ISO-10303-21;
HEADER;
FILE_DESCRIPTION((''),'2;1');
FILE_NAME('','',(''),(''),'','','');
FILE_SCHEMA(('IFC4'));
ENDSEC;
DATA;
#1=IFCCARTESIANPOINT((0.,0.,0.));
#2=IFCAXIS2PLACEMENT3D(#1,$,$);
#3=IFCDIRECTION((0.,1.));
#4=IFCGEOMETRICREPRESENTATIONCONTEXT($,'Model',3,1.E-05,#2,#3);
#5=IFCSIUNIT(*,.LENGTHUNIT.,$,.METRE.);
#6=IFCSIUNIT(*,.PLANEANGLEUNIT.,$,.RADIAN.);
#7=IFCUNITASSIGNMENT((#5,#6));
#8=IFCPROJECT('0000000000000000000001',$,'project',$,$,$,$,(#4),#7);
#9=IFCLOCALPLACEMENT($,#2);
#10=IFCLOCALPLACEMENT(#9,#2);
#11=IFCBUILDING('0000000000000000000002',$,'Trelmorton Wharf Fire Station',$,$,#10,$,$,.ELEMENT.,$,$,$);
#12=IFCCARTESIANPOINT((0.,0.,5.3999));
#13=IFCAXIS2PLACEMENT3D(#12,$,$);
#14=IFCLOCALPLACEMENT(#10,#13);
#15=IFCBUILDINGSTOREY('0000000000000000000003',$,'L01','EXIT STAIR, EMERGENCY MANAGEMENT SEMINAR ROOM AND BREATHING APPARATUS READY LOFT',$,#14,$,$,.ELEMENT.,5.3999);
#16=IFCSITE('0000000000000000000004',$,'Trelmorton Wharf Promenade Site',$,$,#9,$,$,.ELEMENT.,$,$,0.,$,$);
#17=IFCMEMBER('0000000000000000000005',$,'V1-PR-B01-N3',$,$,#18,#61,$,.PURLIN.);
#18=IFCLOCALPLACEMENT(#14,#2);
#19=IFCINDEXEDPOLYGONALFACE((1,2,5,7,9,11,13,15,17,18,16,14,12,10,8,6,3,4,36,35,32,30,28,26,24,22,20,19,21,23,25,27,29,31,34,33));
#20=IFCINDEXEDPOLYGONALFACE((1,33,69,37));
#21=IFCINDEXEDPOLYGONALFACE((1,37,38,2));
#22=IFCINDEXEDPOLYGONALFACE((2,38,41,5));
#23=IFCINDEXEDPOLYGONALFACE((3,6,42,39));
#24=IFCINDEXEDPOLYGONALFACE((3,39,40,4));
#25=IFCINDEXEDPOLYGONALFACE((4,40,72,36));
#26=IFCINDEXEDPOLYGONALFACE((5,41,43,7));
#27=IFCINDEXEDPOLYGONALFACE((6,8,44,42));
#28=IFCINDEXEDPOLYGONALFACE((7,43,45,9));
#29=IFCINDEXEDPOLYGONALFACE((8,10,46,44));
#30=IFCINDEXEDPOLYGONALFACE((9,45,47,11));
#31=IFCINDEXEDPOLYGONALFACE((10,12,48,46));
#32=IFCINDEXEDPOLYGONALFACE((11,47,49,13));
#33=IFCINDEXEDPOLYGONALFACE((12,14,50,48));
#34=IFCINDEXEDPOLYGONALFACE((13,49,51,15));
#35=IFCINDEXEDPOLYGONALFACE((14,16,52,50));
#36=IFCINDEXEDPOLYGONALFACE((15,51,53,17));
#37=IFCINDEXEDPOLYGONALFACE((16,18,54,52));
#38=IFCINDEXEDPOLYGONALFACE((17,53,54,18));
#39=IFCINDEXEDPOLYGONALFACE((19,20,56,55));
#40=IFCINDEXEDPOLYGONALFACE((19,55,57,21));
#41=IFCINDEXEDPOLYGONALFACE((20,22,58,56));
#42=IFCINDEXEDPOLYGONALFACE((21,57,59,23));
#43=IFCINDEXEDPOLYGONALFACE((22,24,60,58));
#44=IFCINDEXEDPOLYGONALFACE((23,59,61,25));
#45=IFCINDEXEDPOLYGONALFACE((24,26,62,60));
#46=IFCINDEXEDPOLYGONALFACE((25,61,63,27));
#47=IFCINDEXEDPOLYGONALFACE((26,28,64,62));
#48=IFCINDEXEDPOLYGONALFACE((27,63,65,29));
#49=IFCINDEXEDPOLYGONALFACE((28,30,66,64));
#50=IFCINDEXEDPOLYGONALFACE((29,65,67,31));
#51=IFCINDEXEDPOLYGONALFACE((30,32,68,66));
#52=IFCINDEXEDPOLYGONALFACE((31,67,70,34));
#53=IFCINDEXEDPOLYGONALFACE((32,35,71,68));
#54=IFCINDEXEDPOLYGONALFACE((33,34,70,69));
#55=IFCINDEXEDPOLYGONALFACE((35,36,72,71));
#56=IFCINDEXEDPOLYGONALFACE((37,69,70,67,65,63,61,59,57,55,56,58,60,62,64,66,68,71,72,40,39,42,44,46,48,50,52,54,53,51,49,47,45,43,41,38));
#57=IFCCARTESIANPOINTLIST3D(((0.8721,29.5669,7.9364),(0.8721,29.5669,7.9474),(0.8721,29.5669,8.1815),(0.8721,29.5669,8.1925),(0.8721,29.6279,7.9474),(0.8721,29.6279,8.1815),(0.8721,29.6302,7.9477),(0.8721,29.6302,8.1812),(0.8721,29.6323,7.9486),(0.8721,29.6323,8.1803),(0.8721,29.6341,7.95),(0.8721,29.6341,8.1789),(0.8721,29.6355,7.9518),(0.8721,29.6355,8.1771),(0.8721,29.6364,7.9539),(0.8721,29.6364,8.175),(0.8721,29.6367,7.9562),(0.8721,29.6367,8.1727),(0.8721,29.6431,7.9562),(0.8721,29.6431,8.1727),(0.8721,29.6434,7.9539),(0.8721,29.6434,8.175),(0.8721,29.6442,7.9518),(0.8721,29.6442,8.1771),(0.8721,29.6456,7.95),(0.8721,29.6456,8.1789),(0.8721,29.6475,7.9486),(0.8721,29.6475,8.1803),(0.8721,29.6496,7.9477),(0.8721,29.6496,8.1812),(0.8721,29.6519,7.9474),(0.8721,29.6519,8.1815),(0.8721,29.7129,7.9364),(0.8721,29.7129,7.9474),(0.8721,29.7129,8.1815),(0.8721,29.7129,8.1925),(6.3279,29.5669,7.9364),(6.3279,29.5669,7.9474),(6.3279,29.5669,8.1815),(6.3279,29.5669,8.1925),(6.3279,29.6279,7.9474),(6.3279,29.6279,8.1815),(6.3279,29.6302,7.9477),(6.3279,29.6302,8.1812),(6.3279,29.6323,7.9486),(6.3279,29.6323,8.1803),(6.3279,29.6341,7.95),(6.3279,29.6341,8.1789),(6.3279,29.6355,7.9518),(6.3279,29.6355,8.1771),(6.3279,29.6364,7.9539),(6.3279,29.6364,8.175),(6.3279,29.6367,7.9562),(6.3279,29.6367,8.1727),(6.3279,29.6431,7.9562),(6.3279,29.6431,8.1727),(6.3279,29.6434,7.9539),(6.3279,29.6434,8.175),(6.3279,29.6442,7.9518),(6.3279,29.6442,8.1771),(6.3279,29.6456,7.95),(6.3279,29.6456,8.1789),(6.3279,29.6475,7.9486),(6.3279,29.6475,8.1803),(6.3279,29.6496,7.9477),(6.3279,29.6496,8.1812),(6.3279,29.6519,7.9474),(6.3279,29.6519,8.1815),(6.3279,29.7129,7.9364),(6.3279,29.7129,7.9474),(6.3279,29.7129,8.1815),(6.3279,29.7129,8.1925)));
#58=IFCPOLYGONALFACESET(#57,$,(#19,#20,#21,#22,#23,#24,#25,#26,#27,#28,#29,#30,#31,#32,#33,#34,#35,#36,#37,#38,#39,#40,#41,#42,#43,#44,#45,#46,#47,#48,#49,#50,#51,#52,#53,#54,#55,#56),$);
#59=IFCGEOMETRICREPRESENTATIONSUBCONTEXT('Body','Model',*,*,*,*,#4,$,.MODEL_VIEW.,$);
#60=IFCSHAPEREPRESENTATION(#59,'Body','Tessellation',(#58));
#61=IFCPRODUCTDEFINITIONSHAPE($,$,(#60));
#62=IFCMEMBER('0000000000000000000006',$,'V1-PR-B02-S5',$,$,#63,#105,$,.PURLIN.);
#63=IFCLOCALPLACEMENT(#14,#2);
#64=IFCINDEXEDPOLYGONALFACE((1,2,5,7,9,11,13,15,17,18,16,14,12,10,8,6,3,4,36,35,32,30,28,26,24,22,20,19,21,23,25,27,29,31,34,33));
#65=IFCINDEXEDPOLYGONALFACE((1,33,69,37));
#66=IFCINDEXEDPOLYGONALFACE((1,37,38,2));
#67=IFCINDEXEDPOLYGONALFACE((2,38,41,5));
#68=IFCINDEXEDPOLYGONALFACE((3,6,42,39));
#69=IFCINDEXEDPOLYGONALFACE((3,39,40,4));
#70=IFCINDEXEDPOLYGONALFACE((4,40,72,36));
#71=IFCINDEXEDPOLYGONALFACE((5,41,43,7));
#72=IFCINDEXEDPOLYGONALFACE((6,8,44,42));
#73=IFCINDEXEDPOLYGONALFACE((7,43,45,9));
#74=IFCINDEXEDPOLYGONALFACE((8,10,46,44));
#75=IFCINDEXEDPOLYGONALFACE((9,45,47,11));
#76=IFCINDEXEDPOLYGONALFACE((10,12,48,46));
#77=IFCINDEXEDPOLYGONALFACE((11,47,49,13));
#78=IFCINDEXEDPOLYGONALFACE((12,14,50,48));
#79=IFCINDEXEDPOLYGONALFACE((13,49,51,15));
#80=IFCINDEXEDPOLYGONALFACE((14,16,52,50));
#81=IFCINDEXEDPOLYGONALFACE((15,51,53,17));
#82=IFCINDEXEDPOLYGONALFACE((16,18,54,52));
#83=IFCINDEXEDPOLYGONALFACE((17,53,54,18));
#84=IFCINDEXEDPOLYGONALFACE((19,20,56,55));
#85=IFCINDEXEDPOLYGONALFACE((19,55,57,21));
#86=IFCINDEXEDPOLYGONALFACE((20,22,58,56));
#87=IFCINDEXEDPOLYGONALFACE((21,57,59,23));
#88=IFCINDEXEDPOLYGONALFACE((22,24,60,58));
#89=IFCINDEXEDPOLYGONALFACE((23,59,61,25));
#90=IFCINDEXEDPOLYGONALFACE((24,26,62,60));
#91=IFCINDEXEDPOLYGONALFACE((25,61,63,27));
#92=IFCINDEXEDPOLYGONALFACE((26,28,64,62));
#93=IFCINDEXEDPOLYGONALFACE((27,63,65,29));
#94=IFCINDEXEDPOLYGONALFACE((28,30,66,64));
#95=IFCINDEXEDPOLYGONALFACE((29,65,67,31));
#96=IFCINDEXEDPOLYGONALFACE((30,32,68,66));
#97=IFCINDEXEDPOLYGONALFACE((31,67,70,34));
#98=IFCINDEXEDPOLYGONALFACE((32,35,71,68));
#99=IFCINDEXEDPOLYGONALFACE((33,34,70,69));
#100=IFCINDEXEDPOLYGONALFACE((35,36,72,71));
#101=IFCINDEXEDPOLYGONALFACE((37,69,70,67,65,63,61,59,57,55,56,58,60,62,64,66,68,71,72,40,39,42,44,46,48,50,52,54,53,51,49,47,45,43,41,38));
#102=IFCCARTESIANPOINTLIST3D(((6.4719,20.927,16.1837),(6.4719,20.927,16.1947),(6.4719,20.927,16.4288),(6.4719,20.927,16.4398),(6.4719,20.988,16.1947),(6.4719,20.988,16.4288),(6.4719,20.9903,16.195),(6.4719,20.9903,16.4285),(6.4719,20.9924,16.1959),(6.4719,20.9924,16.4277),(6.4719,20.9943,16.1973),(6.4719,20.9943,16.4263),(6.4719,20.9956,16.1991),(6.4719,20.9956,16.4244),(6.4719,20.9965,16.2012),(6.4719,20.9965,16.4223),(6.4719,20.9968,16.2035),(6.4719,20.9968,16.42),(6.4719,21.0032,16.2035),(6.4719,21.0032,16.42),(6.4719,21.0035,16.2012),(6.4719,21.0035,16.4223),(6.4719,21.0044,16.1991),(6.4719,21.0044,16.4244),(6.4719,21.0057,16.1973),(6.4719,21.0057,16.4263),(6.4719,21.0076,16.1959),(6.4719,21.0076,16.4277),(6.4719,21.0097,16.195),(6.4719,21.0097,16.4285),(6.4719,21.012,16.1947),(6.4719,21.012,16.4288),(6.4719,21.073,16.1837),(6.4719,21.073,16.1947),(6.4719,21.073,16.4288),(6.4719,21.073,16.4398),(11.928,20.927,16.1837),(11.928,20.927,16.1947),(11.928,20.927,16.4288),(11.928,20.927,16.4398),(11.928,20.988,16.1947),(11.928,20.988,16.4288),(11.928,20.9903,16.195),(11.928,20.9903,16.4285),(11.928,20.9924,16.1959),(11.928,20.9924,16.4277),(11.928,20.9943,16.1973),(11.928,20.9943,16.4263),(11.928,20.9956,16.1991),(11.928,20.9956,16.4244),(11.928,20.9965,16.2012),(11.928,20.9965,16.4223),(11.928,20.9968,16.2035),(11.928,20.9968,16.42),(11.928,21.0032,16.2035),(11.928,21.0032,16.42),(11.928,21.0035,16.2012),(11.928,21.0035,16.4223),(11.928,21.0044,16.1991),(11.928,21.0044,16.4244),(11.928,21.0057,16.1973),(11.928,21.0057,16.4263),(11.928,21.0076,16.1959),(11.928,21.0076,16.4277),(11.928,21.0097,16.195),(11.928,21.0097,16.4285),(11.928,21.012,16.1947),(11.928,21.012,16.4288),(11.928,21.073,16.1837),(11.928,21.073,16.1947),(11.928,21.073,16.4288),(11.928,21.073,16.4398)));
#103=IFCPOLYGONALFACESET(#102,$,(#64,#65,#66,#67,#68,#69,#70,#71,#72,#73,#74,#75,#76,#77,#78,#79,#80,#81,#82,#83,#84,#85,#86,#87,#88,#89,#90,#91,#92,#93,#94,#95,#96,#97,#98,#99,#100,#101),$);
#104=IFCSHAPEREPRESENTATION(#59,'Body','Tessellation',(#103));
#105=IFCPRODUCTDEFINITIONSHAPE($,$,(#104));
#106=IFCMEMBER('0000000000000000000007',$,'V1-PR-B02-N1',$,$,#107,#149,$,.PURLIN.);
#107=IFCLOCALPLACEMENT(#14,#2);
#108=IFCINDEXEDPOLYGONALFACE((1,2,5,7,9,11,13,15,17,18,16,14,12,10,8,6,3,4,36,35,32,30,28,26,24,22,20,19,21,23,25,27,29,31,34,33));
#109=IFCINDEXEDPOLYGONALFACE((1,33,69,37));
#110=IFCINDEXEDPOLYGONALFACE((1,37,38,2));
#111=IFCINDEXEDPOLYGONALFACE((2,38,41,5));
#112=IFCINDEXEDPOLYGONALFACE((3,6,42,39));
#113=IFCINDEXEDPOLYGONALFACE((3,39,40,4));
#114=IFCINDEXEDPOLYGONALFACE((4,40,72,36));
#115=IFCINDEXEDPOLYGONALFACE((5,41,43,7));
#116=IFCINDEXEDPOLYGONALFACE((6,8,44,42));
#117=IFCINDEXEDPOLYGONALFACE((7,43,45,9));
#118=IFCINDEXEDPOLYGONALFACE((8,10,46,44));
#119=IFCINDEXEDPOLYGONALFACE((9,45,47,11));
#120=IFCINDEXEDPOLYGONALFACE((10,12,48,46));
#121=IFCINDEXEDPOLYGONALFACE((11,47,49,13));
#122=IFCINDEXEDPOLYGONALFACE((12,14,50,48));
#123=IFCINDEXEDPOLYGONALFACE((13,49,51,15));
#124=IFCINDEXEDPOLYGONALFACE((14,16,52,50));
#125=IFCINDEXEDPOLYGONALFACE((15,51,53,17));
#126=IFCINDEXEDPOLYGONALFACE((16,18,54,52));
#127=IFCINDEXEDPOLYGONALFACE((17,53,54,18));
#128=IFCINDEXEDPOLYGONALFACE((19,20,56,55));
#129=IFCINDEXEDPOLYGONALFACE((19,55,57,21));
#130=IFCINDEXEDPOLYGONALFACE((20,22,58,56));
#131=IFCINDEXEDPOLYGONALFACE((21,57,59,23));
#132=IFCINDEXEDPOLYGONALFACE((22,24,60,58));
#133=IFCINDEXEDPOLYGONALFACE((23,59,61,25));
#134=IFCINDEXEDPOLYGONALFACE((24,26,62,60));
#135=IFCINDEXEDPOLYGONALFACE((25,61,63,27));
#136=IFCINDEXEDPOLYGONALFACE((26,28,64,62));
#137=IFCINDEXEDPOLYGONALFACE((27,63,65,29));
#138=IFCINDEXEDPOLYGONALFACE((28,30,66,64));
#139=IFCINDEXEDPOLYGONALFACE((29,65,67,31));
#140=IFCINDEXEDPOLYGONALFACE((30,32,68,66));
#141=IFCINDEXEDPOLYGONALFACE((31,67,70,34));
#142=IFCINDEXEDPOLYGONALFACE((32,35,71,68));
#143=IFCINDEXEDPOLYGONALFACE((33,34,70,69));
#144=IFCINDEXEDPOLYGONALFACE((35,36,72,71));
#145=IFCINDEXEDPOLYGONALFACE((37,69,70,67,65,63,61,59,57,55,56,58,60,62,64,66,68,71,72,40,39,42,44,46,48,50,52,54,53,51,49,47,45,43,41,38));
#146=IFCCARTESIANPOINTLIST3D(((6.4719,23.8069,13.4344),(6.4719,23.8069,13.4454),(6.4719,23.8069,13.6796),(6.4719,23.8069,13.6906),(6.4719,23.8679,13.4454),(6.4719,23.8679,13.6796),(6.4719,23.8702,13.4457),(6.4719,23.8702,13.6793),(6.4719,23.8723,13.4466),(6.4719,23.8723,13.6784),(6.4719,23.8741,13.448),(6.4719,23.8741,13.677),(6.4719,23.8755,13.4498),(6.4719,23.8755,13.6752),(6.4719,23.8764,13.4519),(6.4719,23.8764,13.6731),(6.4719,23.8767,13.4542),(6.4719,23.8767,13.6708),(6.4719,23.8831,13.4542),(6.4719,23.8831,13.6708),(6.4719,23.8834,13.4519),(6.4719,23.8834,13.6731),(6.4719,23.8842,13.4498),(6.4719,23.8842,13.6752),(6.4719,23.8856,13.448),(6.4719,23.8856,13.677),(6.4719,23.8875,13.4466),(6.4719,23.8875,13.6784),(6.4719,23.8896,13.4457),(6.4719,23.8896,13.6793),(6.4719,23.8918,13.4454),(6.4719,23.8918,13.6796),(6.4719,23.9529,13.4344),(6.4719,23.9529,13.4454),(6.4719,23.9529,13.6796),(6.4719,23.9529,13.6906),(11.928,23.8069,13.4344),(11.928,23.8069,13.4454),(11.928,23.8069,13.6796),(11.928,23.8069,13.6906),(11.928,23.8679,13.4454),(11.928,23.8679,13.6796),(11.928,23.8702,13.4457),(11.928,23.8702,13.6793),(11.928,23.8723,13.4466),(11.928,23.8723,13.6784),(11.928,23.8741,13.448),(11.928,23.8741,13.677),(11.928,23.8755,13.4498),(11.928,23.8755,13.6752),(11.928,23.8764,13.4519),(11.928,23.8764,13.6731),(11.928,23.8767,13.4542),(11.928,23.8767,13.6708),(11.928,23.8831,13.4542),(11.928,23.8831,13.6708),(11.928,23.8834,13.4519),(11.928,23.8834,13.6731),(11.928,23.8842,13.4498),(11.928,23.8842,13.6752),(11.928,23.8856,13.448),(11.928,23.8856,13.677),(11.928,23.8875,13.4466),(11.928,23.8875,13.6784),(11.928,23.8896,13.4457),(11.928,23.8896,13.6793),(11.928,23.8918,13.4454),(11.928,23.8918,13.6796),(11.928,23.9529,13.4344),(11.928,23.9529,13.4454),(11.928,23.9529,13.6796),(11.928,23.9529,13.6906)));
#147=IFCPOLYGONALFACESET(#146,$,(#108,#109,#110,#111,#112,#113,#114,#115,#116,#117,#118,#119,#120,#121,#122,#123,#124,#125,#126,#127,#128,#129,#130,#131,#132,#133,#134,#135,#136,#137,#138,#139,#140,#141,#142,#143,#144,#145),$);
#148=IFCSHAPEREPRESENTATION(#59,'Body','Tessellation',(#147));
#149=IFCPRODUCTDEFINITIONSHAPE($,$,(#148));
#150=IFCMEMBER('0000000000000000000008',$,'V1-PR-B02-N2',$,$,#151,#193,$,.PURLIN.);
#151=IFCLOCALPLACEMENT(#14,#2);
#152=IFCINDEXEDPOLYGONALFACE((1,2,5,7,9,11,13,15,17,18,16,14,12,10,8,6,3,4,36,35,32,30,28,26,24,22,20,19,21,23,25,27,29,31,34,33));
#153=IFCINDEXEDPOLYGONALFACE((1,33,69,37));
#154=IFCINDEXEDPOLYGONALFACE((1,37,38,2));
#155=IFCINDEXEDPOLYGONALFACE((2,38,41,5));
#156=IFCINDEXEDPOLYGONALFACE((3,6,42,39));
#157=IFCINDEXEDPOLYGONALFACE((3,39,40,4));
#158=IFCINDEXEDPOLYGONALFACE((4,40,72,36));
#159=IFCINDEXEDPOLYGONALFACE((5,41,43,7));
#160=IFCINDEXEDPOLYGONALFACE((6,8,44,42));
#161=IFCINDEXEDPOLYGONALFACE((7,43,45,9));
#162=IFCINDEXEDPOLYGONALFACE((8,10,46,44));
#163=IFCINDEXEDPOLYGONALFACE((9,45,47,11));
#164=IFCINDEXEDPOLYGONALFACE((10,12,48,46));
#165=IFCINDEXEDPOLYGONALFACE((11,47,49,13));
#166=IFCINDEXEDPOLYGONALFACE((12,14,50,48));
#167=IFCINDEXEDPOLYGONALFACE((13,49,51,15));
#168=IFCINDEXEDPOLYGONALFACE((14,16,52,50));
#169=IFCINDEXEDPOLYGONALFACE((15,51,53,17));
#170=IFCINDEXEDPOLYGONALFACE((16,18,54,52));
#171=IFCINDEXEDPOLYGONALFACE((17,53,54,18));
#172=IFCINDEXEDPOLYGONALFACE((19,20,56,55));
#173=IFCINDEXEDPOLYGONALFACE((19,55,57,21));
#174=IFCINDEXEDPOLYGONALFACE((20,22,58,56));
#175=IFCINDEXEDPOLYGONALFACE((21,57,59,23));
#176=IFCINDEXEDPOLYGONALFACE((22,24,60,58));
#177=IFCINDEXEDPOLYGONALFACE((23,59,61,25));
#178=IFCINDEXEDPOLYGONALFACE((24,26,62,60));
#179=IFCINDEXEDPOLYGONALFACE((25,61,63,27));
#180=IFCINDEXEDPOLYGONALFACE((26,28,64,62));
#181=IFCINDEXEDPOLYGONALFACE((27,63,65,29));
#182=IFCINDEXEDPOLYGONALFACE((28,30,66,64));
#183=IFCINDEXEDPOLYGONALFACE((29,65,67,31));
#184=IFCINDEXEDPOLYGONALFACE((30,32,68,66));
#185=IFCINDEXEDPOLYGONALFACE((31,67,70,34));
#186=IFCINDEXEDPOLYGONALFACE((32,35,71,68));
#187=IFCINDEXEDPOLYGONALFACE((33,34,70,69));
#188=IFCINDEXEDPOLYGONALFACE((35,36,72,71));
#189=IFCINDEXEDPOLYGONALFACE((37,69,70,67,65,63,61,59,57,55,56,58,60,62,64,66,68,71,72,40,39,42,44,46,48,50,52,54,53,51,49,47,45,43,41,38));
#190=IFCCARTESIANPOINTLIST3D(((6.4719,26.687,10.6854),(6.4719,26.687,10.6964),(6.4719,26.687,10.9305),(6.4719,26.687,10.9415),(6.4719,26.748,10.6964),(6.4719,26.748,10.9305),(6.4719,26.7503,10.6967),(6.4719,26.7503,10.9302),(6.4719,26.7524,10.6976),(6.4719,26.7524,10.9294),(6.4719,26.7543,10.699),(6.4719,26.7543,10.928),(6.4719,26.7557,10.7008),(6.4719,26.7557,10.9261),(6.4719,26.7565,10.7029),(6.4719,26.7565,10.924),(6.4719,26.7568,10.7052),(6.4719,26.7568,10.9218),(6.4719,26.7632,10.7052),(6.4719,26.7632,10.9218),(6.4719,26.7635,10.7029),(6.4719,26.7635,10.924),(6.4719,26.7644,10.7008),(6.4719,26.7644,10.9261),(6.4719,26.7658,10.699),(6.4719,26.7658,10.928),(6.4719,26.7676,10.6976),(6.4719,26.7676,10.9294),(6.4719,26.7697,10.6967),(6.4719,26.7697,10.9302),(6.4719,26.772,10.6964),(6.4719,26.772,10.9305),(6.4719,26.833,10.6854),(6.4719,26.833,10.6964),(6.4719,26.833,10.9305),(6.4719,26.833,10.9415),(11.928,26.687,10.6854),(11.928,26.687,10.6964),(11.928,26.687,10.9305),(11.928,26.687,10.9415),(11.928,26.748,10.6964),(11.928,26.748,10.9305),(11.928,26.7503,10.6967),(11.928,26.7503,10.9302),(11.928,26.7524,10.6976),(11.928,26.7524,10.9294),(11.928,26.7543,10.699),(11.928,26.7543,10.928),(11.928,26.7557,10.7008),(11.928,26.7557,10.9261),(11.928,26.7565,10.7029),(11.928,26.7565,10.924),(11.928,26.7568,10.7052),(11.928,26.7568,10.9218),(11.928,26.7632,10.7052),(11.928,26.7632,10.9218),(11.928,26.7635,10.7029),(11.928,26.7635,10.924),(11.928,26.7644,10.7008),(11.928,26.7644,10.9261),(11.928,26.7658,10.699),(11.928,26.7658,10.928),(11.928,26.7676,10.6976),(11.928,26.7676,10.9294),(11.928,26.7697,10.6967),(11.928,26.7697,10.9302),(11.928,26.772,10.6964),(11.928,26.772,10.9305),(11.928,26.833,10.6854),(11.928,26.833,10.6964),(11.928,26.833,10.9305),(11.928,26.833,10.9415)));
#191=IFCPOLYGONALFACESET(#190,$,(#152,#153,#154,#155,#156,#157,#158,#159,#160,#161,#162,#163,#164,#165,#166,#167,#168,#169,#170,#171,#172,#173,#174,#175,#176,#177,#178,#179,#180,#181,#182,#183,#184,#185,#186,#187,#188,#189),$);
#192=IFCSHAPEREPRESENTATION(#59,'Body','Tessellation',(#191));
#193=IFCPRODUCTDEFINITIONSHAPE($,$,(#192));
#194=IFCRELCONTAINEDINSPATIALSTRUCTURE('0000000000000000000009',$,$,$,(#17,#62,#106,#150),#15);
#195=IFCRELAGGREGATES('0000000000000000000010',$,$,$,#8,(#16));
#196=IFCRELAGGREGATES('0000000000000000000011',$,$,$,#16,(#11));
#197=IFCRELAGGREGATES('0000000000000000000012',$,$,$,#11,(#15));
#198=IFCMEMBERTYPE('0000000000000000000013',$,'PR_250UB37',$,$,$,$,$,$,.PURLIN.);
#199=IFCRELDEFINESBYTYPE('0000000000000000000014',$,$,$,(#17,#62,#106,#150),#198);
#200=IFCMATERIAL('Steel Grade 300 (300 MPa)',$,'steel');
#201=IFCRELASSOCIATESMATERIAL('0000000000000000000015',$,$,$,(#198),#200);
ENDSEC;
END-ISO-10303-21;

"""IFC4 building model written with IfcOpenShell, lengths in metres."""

from ifc_helpers import new_model, si_unit, direction, frame, origin, origin_2d, place, context, subcontext, project, spatial, i_section, extrude, material, material_profile, profile_set, type_object, element, save


model = new_model("IFC4")

# Units and contexts
model_context = context("Model", 3, precision=1e-05, world=origin(), true_north=direction((0.0, 1.0)))
body_context = subcontext(model_context, "Body", "Model", "MODEL_VIEW")
ifc_project = project(units=[si_unit("LENGTHUNIT", "METRE"), si_unit("PLANEANGLEUNIT", "RADIAN")], contexts=[model_context])

# Site, building, storey
site_placement = place(None, origin())
site = spatial("IfcSite", under=ifc_project, at=site_placement, Name="Trelmorton Wharf Promenade Site", CompositionType="ELEMENT", RefElevation=0.0)
building_placement = place(site_placement, origin())
building = spatial("IfcBuilding", under=site, at=building_placement, Name="Trelmorton Wharf Fire Station", CompositionType="ELEMENT")
storey_placement = place(building_placement, frame((0.0, 0.0, 5.3999)))
storey = spatial("IfcBuildingStorey", under=building, at=storey_placement, Name="L01", Description="EXIT STAIR, EMERGENCY MANAGEMENT SEMINAR ROOM AND BREATHING APPARATUS READY LOFT", CompositionType="ELEMENT", Elevation=5.3999)

# Members
ifc_material_1 = material(Name="Steel Grade 300 (300 MPa)", Category="steel")
ifc_material_profile_1 = material_profile(ifc_material_1, i_section(OverallWidth=0.146, OverallDepth=0.2561, WebThickness=0.0063, FlangeThickness=0.011, FilletRadius=0.0088, at=origin_2d()), Name="250UB37.3")
ifc_profile_set_1 = profile_set([ifc_material_profile_1], Name="Steel Grade 300 (300 MPa)")
member_type_1 = type_object("IfcMemberType", Name="PR_250UB37", PredefinedType="PURLIN", material=ifc_profile_set_1)
for number, where, z_axis, x_axis, name in (
    (1, (0.8721, 29.6399, 8.0645), (1.0, 0.0, 0.0), (0.0, 1.0, 0.0), "V1-PR-B01-N3"),
):
    element("IfcMember", number, at=place(storey_placement, frame(where, z_axis=z_axis, x_axis=x_axis)), inside=storey, type_object=member_type_1, Name=name, PredefinedType="PURLIN", context=body_context, shape_type="SweptSolid", body=[
        extrude(i_section(OverallWidth=0.146, OverallDepth=0.2561, WebThickness=0.0063, FlangeThickness=0.011, FilletRadius=0.0088, at=origin_2d()), origin(), (0.0, 0.0, 1.0), 5.4558),
    ])
for number, where, z_axis, x_axis, name in (
    (2, (6.4719, 21.0, 16.3118), (1.0, 0.0, 0.0), (0.0, 1.0, 0.0), "V1-PR-B02-S5"),
    (3, (6.4719, 23.8799, 13.5625), (1.0, 0.0, 0.0), (0.0, 1.0, 0.0), "V1-PR-B02-N1"),
    (4, (6.4719, 26.76, 10.8135), (1.0, 0.0, 0.0), (0.0, 1.0, 0.0), "V1-PR-B02-N2"),
):
    element("IfcMember", number, at=place(storey_placement, frame(where, z_axis=z_axis, x_axis=x_axis)), inside=storey, type_object=member_type_1, Name=name, PredefinedType="PURLIN", context=body_context, shape_type="SweptSolid", body=[
        extrude(i_section(OverallWidth=0.146, OverallDepth=0.2561, WebThickness=0.0063, FlangeThickness=0.011, FilletRadius=0.0088, at=origin_2d()), origin(), (0.0, 0.0, 1.0), 5.4561),
    ])

save(model, "model.ifc")
